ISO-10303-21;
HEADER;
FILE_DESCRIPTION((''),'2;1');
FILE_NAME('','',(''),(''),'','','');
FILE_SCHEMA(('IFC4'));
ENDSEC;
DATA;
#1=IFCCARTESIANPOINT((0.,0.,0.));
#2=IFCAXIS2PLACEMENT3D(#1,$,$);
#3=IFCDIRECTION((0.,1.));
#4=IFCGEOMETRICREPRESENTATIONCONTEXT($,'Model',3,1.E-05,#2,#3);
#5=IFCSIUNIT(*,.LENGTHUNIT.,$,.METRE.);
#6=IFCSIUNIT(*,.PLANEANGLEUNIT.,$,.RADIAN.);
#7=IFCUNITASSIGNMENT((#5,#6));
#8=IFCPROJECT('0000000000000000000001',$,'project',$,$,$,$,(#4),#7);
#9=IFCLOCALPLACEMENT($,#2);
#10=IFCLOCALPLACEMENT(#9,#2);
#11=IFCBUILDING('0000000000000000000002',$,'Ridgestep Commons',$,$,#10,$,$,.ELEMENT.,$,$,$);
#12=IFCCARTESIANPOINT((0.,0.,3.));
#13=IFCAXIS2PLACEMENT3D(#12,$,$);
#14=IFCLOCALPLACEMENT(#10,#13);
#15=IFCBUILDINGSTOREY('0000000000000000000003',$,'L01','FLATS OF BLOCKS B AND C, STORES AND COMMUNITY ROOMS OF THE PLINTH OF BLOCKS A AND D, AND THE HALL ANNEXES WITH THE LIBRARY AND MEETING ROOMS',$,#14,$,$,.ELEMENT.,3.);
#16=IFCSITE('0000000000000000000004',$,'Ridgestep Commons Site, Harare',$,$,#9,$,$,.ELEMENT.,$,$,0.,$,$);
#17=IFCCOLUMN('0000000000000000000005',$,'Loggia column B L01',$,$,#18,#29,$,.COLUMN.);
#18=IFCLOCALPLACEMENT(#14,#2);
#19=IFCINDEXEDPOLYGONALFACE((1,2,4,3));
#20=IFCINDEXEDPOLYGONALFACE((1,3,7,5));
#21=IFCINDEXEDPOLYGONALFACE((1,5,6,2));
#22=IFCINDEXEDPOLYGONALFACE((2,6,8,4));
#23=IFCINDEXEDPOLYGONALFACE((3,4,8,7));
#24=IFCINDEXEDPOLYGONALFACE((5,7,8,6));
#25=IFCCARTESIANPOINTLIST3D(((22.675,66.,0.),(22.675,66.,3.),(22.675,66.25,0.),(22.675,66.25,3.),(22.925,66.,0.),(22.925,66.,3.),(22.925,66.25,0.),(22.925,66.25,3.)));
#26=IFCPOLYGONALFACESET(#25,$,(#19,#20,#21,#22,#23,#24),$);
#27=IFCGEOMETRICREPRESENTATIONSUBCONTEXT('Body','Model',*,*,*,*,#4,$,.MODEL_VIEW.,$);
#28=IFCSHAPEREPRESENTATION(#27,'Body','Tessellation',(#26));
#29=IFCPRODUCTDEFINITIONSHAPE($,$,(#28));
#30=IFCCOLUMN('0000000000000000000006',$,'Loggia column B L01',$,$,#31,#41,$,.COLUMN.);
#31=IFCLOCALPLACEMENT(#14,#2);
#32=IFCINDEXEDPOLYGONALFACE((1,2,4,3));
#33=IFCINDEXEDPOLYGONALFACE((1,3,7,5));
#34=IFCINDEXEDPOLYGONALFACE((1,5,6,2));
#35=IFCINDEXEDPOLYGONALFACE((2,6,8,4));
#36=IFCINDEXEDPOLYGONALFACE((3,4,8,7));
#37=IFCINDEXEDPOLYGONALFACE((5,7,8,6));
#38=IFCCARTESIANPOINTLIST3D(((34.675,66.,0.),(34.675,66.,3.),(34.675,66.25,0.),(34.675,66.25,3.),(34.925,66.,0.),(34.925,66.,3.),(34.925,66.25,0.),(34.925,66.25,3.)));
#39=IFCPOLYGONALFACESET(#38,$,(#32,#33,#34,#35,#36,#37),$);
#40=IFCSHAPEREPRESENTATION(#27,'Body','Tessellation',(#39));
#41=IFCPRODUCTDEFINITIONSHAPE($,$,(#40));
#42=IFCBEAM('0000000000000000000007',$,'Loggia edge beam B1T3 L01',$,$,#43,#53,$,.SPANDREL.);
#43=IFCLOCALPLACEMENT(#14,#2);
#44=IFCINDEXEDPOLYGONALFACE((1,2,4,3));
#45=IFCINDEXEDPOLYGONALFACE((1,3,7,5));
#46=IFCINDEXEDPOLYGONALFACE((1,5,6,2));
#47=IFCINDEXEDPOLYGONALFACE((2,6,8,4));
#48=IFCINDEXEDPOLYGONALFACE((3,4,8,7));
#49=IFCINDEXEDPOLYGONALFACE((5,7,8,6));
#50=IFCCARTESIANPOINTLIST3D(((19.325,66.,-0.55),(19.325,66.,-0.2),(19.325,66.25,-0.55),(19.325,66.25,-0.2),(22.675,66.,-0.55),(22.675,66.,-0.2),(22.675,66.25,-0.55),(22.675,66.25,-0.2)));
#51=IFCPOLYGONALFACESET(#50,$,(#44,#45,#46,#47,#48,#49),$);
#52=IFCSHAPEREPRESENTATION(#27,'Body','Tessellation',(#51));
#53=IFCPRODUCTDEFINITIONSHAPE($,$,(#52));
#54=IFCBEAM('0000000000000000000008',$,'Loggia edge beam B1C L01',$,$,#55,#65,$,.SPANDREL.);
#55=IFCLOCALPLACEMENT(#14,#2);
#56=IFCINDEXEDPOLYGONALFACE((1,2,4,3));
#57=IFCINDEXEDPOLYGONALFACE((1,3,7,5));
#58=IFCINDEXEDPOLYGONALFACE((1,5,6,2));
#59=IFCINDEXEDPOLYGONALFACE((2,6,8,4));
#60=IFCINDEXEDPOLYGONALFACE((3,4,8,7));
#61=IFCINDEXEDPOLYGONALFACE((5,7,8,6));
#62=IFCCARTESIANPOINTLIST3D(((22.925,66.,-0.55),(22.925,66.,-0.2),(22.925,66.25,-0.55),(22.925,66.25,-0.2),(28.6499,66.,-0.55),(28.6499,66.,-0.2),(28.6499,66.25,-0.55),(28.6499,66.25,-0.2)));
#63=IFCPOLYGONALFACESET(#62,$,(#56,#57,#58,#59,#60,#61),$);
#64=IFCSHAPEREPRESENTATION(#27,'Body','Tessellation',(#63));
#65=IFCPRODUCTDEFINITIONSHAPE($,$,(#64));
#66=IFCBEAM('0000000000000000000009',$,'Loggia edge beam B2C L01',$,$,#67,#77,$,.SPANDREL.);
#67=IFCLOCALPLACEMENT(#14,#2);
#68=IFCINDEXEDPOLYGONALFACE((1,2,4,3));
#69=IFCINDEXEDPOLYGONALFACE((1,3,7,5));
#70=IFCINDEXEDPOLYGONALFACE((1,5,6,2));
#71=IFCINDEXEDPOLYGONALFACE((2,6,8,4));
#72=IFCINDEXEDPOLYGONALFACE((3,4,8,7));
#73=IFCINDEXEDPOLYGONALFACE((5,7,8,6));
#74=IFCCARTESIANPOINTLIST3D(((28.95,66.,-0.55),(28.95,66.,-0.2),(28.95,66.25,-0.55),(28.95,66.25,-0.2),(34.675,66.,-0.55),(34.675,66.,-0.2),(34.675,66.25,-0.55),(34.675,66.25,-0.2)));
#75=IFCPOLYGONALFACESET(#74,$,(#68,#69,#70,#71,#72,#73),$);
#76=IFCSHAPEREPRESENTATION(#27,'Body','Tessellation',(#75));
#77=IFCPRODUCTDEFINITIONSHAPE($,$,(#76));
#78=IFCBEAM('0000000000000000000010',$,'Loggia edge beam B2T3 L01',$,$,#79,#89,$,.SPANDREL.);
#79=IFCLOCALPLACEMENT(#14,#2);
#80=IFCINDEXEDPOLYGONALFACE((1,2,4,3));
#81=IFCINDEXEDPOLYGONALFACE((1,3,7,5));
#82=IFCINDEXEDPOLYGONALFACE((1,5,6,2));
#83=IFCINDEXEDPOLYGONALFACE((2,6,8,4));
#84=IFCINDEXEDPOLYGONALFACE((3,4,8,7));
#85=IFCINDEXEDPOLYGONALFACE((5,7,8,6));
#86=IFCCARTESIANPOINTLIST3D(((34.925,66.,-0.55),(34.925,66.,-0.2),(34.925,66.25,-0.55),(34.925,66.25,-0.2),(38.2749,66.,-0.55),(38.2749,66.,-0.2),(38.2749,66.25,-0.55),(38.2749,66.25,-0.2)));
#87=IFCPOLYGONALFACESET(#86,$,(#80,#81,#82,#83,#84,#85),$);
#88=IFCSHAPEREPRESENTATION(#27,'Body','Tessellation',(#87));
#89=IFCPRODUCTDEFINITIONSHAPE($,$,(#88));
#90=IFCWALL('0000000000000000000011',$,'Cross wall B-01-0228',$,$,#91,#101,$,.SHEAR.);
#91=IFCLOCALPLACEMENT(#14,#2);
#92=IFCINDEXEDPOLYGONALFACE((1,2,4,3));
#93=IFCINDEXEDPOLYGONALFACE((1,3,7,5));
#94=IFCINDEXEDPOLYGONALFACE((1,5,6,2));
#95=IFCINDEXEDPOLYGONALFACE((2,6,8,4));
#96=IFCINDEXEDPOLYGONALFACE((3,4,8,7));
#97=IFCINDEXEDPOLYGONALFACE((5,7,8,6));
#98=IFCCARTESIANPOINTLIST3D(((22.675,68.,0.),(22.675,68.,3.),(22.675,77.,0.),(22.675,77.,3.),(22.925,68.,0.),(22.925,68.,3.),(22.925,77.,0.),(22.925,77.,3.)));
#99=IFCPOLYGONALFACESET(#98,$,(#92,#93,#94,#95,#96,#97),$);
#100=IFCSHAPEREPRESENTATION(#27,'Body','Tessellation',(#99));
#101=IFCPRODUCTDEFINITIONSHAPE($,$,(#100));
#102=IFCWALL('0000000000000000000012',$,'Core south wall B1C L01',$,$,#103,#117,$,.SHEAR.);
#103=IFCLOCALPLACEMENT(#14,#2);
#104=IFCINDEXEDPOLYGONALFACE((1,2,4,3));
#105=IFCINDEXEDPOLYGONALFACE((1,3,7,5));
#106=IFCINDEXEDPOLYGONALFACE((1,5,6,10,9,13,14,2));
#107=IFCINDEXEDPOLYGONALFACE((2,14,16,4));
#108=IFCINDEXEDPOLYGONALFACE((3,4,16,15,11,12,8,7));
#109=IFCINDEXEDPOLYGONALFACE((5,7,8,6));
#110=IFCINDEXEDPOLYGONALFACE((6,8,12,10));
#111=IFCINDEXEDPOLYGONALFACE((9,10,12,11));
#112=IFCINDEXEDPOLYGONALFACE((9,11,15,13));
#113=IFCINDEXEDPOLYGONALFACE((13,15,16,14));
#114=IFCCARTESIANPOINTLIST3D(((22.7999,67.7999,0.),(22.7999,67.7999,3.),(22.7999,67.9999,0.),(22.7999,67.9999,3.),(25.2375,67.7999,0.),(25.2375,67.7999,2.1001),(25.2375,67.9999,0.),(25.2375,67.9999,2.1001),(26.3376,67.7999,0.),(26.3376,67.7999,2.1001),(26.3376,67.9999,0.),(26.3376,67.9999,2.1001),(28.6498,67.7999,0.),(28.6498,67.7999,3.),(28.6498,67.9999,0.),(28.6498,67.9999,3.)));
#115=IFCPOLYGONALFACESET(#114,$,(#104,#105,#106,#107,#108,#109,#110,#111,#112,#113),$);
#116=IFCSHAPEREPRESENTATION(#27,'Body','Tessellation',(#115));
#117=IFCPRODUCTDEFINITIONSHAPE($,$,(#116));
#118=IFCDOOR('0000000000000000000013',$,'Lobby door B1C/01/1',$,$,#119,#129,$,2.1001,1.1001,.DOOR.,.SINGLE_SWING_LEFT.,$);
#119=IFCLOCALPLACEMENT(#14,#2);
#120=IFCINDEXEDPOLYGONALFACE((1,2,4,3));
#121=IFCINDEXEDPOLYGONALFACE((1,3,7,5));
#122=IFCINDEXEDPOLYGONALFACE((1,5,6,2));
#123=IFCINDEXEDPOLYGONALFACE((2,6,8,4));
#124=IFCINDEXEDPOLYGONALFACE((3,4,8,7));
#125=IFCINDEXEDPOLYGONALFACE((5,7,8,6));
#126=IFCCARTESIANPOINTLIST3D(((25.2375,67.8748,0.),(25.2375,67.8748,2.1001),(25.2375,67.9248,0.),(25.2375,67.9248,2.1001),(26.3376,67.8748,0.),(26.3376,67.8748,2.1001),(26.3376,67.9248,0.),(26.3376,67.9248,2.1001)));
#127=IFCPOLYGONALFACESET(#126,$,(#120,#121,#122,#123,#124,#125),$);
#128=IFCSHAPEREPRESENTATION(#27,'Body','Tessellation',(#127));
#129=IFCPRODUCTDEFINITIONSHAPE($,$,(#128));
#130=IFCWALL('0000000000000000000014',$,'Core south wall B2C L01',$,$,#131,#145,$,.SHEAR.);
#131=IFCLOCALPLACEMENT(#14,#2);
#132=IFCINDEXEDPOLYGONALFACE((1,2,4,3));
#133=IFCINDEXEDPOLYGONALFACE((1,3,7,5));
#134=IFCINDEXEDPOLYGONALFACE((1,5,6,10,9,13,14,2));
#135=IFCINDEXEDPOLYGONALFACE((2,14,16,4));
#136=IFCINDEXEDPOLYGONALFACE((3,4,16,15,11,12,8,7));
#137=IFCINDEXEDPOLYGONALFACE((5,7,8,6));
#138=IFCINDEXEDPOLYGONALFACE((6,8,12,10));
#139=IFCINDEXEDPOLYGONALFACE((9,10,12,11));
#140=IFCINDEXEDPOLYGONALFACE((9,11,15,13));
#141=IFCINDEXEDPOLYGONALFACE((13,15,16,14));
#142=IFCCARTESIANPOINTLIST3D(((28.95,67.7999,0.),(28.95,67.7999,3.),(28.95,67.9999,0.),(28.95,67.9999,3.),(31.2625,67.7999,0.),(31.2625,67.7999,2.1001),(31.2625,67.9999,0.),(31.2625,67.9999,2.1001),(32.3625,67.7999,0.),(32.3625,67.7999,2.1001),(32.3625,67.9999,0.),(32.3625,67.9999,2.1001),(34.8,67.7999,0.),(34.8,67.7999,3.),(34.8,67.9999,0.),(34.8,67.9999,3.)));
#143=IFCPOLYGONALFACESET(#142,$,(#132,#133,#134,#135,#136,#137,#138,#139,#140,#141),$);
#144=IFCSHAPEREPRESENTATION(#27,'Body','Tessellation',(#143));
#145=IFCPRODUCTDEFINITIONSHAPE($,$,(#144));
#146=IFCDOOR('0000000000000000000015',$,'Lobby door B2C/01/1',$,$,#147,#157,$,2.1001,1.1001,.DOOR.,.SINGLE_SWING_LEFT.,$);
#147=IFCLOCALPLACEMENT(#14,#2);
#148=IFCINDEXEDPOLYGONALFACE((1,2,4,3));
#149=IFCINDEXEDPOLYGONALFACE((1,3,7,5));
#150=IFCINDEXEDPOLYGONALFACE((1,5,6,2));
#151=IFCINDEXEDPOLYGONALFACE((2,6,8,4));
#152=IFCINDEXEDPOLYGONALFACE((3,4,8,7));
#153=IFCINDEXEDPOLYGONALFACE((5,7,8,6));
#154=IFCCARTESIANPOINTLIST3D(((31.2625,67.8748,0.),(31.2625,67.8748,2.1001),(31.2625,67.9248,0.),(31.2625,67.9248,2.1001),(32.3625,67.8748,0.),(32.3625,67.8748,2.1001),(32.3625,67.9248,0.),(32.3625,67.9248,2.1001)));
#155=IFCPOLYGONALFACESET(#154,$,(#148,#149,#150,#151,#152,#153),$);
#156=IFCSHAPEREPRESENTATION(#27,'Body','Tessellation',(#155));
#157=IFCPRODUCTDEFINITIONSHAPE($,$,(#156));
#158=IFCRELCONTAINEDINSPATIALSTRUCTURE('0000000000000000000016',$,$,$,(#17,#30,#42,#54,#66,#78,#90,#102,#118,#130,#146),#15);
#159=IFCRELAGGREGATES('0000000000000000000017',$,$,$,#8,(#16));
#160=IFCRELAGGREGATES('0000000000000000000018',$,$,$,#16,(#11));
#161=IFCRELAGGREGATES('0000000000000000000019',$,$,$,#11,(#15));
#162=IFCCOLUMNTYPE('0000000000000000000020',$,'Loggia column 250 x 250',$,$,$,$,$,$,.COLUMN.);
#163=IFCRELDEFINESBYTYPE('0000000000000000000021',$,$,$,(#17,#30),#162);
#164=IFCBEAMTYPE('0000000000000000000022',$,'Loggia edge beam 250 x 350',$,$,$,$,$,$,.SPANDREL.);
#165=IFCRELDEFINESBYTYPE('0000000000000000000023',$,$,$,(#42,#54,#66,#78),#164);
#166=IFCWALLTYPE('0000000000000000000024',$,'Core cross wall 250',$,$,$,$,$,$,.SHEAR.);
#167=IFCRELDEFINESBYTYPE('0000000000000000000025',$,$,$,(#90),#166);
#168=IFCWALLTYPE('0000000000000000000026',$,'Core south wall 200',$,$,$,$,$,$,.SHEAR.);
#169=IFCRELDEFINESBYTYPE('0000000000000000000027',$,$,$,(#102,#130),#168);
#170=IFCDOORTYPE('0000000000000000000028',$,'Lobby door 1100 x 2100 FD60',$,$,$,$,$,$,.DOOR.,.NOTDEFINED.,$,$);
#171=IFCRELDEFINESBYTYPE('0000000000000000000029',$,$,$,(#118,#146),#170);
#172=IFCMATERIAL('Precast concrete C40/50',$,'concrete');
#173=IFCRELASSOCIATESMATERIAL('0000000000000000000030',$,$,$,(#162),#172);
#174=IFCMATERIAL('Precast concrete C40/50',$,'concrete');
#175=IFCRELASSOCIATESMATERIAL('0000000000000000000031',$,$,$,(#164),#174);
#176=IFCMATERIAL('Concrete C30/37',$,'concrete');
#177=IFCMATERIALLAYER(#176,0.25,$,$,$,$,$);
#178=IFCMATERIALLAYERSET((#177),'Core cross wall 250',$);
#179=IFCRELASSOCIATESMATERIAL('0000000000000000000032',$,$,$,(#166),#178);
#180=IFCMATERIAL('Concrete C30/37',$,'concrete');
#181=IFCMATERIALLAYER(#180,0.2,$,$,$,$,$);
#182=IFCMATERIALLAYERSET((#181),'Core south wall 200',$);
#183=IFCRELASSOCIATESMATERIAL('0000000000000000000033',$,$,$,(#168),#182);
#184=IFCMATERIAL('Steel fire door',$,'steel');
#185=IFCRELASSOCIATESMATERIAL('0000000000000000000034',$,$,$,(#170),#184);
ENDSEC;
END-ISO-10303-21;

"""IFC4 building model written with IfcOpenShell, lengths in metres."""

from ifc_helpers import new_model, si_unit, direction, frame, frame_2d, origin, origin_2d, place, context, subcontext, project, spatial, rectangle, extrude, material, layer, layer_set, material_profile, profile_set, type_object, element, fill, save


model = new_model("IFC4")

# Units and contexts
model_context = context("Model", 3, precision=1e-05, world=origin(), true_north=direction((0.0, 1.0)))
body_context = subcontext(model_context, "Body", "Model", "MODEL_VIEW")
ifc_project = project(units=[si_unit("LENGTHUNIT", "METRE"), si_unit("PLANEANGLEUNIT", "RADIAN")], contexts=[model_context])

# Site, building, storey
site_placement = place(None, origin())
site = spatial("IfcSite", under=ifc_project, at=site_placement, Name="Ridgestep Commons Site, Harare", CompositionType="ELEMENT", RefElevation=0.0)
building_placement = place(site_placement, origin())
building = spatial("IfcBuilding", under=site, at=building_placement, Name="Ridgestep Commons", CompositionType="ELEMENT")
storey_placement = place(building_placement, frame((0.0, 0.0, 3.0)))
storey = spatial("IfcBuildingStorey", under=building, at=storey_placement, Name="L01", Description="FLATS OF BLOCKS B AND C, STORES AND COMMUNITY ROOMS OF THE PLINTH OF BLOCKS A AND D, AND THE HALL ANNEXES WITH THE LIBRARY AND MEETING ROOMS", CompositionType="ELEMENT", Elevation=3.0)

# Columns
ifc_material_1 = material(Name="Precast concrete C40/50", Category="concrete")
ifc_material_profile_1 = material_profile(ifc_material_1, rectangle(XDim=0.25, YDim=0.25, at=origin_2d()), Name="PC 250x250")
ifc_profile_set_1 = profile_set([ifc_material_profile_1], Name="Precast concrete C40/50")
column_type = type_object("IfcColumnType", Name="Loggia column 250 x 250", PredefinedType="COLUMN", material=ifc_profile_set_1)
for number, where, z_axis, x_axis, name in (
    (1, (22.8, 66.125, 0.0), (0.0, 0.0, 1.0), (1.0, 0.0, 0.0), "Loggia column B L01"),
    (2, (34.8, 66.125, 0.0), (0.0, 0.0, 1.0), (1.0, 0.0, 0.0), "Loggia column B L01"),
):
    element("IfcColumn", number, at=place(storey_placement, frame(where, z_axis=z_axis, x_axis=x_axis)), inside=storey, type_object=column_type, Name=name, PredefinedType="COLUMN", context=body_context, shape_type="SweptSolid", body=[
        extrude(rectangle(XDim=0.25, YDim=0.25, at=origin_2d()), origin(), (0.0, 0.0, 1.0), 3.0),
    ])

# Beams
ifc_material_2 = material(Name="Precast concrete C40/50", Category="concrete")
ifc_material_profile_2 = material_profile(ifc_material_2, rectangle(XDim=0.25, YDim=0.3501, at=origin_2d()), Name="PC 250x350")
ifc_profile_set_2 = profile_set([ifc_material_profile_2], Name="Precast concrete C40/50")
beam_type = type_object("IfcBeamType", Name="Loggia edge beam 250 x 350", PredefinedType="SPANDREL", material=ifc_profile_set_2)
beam_1_placement = place(storey_placement, frame((19.325, 66.125, -0.375), z_axis=(1.0, 0.0, 0.0), x_axis=(0.0, 1.0, 0.0)))
element("IfcBeam", 3, at=beam_1_placement, inside=storey, type_object=beam_type, Name="Loggia edge beam B1T3 L01", PredefinedType="SPANDREL", context=body_context, shape_type="SweptSolid", body=[
    extrude(rectangle(XDim=0.25, YDim=0.3501, at=origin_2d()), origin(), (0.0, 0.0, 1.0), 3.3501),
])
beam_2_placement = place(storey_placement, frame((22.925, 66.125, -0.375), z_axis=(1.0, 0.0, 0.0), x_axis=(0.0, 1.0, 0.0)))
element("IfcBeam", 4, at=beam_2_placement, inside=storey, type_object=beam_type, Name="Loggia edge beam B1C L01", PredefinedType="SPANDREL", context=body_context, shape_type="SweptSolid", body=[
    extrude(rectangle(XDim=0.25, YDim=0.3501, at=origin_2d()), origin(), (0.0, 0.0, 1.0), 5.7249),
])
beam_3_placement = place(storey_placement, frame((28.95, 66.125, -0.375), z_axis=(1.0, 0.0, 0.0), x_axis=(0.0, 1.0, 0.0)))
element("IfcBeam", 5, at=beam_3_placement, inside=storey, type_object=beam_type, Name="Loggia edge beam B2C L01", PredefinedType="SPANDREL", context=body_context, shape_type="SweptSolid", body=[
    extrude(rectangle(XDim=0.25, YDim=0.3501, at=origin_2d()), origin(), (0.0, 0.0, 1.0), 5.7251),
])
beam_4_placement = place(storey_placement, frame((34.925, 66.125, -0.375), z_axis=(1.0, 0.0, 0.0), x_axis=(0.0, 1.0, 0.0)))
element("IfcBeam", 6, at=beam_4_placement, inside=storey, type_object=beam_type, Name="Loggia edge beam B2T3 L01", PredefinedType="SPANDREL", context=body_context, shape_type="SweptSolid", body=[
    extrude(rectangle(XDim=0.25, YDim=0.3501, at=origin_2d()), origin(), (0.0, 0.0, 1.0), 3.3499),
])

# Wall
ifc_material_3 = material(Name="Concrete C30/37", Category="concrete")
ifc_layer_1 = layer(ifc_material_3, 0.25)
ifc_layer_set_1 = layer_set([ifc_layer_1], Name="Core cross wall 250")
wall_type_1 = type_object("IfcWallType", Name="Core cross wall 250", PredefinedType="SHEAR", material=ifc_layer_set_1)
wall_1_placement = place(storey_placement, frame((22.8, 68.0, 0.0), z_axis=(0.0, 0.0, 1.0), x_axis=(0.0, 1.0, 0.0)))
element("IfcWall", 7, at=wall_1_placement, inside=storey, type_object=wall_type_1, Name="Cross wall B-01-0228", PredefinedType="SHEAR", context=body_context, shape_type="SweptSolid", body=[
    extrude(rectangle(XDim=9.0, YDim=0.25, at=frame_2d((4.5, 0.0))), origin(), (0.0, 0.0, 1.0), 3.0),
])

# Walls, openings, doors
ifc_material_4 = material(Name="Concrete C30/37", Category="concrete")
ifc_layer_2 = layer(ifc_material_4, 0.2)
ifc_layer_set_2 = layer_set([ifc_layer_2], Name="Core south wall 200")
wall_type_2 = type_object("IfcWallType", Name="Core south wall 200", PredefinedType="SHEAR", material=ifc_layer_set_2)
wall_2_placement = place(storey_placement, frame((22.8, 67.8999, 0.0), z_axis=(0.0, 0.0, 1.0), x_axis=(1.0, 0.0, 0.0)))
wall_2 = element("IfcWall", 8, at=wall_2_placement, inside=storey, type_object=wall_type_2, Name="Core south wall B1C L01", PredefinedType="SHEAR", context=body_context, shape_type="SweptSolid", body=[
    extrude(rectangle(XDim=5.8499, YDim=0.2, at=frame_2d((2.9248, 0.0))), origin(), (0.0, 0.0, 1.0), 3.0),
])
opening_1_placement = place(wall_2_placement, frame((2.4375, 0.0, 0.0)))
opening_1 = element("IfcOpeningElement", 9, at=opening_1_placement, cuts=wall_2, PredefinedType="OPENING", context=body_context, shape_type="SweptSolid", body=[
    extrude(rectangle(XDim=1.1001, YDim=2.1001, at=frame_2d((0.55, 1.05))), frame((0.0, 0.1099, 0.0), z_axis=(0.0, -1.0, 0.0), x_axis=(1.0, 0.0, 0.0)), (0.0, 0.0, 1.0), 0.22),
])
ifc_material_5 = material(Name="Steel fire door", Category="steel")
door_type_1 = type_object("IfcDoorType", Name="Lobby door 1100 x 2100 FD60", OperationType="NOTDEFINED", PredefinedType="DOOR", material=ifc_material_5)
door_1_placement = place(opening_1_placement, origin())
door_1 = element("IfcDoor", 10, at=door_1_placement, inside=storey, type_object=door_type_1, Name="Lobby door B1C/01/1", OperationType="SINGLE_SWING_LEFT", OverallHeight=2.1001, OverallWidth=1.1001, PredefinedType="DOOR", context=body_context, shape_type="SweptSolid", body=[
    extrude(rectangle(XDim=1.1001, YDim=2.1001, at=frame_2d((0.55, 1.05))), frame((0.0, 0.0249, 0.0), z_axis=(0.0, -1.0, 0.0), x_axis=(1.0, 0.0, 0.0)), (0.0, 0.0, 1.0), 0.05),
])
fill(opening_1, door_1)
wall_3_placement = place(storey_placement, frame((28.95, 67.8999, 0.0), z_axis=(0.0, 0.0, 1.0), x_axis=(1.0, 0.0, 0.0)))
wall_3 = element("IfcWall", 11, at=wall_3_placement, inside=storey, type_object=wall_type_2, Name="Core south wall B2C L01", PredefinedType="SHEAR", context=body_context, shape_type="SweptSolid", body=[
    extrude(rectangle(XDim=5.8501, YDim=0.2, at=frame_2d((2.925, 0.0))), origin(), (0.0, 0.0, 1.0), 3.0),
])
opening_2_placement = place(wall_3_placement, frame((2.3125, 0.0, 0.0)))
opening_2 = element("IfcOpeningElement", 12, at=opening_2_placement, cuts=wall_3, PredefinedType="OPENING", context=body_context, shape_type="SweptSolid", body=[
    extrude(rectangle(XDim=1.1001, YDim=2.1001, at=frame_2d((0.55, 1.05))), frame((0.0, 0.1099, 0.0), z_axis=(0.0, -1.0, 0.0), x_axis=(1.0, 0.0, 0.0)), (0.0, 0.0, 1.0), 0.22),
])
door_2_placement = place(opening_2_placement, origin())
door_2 = element("IfcDoor", 13, at=door_2_placement, inside=storey, type_object=door_type_1, Name="Lobby door B2C/01/1", OperationType="SINGLE_SWING_LEFT", OverallHeight=2.1001, OverallWidth=1.1001, PredefinedType="DOOR", context=body_context, shape_type="SweptSolid", body=[
    extrude(rectangle(XDim=1.1001, YDim=2.1001, at=frame_2d((0.55, 1.05))), frame((0.0, 0.0249, 0.0), z_axis=(0.0, -1.0, 0.0), x_axis=(1.0, 0.0, 0.0)), (0.0, 0.0, 1.0), 0.05),
])
fill(opening_2, door_2)

save(model, "model.ifc")
